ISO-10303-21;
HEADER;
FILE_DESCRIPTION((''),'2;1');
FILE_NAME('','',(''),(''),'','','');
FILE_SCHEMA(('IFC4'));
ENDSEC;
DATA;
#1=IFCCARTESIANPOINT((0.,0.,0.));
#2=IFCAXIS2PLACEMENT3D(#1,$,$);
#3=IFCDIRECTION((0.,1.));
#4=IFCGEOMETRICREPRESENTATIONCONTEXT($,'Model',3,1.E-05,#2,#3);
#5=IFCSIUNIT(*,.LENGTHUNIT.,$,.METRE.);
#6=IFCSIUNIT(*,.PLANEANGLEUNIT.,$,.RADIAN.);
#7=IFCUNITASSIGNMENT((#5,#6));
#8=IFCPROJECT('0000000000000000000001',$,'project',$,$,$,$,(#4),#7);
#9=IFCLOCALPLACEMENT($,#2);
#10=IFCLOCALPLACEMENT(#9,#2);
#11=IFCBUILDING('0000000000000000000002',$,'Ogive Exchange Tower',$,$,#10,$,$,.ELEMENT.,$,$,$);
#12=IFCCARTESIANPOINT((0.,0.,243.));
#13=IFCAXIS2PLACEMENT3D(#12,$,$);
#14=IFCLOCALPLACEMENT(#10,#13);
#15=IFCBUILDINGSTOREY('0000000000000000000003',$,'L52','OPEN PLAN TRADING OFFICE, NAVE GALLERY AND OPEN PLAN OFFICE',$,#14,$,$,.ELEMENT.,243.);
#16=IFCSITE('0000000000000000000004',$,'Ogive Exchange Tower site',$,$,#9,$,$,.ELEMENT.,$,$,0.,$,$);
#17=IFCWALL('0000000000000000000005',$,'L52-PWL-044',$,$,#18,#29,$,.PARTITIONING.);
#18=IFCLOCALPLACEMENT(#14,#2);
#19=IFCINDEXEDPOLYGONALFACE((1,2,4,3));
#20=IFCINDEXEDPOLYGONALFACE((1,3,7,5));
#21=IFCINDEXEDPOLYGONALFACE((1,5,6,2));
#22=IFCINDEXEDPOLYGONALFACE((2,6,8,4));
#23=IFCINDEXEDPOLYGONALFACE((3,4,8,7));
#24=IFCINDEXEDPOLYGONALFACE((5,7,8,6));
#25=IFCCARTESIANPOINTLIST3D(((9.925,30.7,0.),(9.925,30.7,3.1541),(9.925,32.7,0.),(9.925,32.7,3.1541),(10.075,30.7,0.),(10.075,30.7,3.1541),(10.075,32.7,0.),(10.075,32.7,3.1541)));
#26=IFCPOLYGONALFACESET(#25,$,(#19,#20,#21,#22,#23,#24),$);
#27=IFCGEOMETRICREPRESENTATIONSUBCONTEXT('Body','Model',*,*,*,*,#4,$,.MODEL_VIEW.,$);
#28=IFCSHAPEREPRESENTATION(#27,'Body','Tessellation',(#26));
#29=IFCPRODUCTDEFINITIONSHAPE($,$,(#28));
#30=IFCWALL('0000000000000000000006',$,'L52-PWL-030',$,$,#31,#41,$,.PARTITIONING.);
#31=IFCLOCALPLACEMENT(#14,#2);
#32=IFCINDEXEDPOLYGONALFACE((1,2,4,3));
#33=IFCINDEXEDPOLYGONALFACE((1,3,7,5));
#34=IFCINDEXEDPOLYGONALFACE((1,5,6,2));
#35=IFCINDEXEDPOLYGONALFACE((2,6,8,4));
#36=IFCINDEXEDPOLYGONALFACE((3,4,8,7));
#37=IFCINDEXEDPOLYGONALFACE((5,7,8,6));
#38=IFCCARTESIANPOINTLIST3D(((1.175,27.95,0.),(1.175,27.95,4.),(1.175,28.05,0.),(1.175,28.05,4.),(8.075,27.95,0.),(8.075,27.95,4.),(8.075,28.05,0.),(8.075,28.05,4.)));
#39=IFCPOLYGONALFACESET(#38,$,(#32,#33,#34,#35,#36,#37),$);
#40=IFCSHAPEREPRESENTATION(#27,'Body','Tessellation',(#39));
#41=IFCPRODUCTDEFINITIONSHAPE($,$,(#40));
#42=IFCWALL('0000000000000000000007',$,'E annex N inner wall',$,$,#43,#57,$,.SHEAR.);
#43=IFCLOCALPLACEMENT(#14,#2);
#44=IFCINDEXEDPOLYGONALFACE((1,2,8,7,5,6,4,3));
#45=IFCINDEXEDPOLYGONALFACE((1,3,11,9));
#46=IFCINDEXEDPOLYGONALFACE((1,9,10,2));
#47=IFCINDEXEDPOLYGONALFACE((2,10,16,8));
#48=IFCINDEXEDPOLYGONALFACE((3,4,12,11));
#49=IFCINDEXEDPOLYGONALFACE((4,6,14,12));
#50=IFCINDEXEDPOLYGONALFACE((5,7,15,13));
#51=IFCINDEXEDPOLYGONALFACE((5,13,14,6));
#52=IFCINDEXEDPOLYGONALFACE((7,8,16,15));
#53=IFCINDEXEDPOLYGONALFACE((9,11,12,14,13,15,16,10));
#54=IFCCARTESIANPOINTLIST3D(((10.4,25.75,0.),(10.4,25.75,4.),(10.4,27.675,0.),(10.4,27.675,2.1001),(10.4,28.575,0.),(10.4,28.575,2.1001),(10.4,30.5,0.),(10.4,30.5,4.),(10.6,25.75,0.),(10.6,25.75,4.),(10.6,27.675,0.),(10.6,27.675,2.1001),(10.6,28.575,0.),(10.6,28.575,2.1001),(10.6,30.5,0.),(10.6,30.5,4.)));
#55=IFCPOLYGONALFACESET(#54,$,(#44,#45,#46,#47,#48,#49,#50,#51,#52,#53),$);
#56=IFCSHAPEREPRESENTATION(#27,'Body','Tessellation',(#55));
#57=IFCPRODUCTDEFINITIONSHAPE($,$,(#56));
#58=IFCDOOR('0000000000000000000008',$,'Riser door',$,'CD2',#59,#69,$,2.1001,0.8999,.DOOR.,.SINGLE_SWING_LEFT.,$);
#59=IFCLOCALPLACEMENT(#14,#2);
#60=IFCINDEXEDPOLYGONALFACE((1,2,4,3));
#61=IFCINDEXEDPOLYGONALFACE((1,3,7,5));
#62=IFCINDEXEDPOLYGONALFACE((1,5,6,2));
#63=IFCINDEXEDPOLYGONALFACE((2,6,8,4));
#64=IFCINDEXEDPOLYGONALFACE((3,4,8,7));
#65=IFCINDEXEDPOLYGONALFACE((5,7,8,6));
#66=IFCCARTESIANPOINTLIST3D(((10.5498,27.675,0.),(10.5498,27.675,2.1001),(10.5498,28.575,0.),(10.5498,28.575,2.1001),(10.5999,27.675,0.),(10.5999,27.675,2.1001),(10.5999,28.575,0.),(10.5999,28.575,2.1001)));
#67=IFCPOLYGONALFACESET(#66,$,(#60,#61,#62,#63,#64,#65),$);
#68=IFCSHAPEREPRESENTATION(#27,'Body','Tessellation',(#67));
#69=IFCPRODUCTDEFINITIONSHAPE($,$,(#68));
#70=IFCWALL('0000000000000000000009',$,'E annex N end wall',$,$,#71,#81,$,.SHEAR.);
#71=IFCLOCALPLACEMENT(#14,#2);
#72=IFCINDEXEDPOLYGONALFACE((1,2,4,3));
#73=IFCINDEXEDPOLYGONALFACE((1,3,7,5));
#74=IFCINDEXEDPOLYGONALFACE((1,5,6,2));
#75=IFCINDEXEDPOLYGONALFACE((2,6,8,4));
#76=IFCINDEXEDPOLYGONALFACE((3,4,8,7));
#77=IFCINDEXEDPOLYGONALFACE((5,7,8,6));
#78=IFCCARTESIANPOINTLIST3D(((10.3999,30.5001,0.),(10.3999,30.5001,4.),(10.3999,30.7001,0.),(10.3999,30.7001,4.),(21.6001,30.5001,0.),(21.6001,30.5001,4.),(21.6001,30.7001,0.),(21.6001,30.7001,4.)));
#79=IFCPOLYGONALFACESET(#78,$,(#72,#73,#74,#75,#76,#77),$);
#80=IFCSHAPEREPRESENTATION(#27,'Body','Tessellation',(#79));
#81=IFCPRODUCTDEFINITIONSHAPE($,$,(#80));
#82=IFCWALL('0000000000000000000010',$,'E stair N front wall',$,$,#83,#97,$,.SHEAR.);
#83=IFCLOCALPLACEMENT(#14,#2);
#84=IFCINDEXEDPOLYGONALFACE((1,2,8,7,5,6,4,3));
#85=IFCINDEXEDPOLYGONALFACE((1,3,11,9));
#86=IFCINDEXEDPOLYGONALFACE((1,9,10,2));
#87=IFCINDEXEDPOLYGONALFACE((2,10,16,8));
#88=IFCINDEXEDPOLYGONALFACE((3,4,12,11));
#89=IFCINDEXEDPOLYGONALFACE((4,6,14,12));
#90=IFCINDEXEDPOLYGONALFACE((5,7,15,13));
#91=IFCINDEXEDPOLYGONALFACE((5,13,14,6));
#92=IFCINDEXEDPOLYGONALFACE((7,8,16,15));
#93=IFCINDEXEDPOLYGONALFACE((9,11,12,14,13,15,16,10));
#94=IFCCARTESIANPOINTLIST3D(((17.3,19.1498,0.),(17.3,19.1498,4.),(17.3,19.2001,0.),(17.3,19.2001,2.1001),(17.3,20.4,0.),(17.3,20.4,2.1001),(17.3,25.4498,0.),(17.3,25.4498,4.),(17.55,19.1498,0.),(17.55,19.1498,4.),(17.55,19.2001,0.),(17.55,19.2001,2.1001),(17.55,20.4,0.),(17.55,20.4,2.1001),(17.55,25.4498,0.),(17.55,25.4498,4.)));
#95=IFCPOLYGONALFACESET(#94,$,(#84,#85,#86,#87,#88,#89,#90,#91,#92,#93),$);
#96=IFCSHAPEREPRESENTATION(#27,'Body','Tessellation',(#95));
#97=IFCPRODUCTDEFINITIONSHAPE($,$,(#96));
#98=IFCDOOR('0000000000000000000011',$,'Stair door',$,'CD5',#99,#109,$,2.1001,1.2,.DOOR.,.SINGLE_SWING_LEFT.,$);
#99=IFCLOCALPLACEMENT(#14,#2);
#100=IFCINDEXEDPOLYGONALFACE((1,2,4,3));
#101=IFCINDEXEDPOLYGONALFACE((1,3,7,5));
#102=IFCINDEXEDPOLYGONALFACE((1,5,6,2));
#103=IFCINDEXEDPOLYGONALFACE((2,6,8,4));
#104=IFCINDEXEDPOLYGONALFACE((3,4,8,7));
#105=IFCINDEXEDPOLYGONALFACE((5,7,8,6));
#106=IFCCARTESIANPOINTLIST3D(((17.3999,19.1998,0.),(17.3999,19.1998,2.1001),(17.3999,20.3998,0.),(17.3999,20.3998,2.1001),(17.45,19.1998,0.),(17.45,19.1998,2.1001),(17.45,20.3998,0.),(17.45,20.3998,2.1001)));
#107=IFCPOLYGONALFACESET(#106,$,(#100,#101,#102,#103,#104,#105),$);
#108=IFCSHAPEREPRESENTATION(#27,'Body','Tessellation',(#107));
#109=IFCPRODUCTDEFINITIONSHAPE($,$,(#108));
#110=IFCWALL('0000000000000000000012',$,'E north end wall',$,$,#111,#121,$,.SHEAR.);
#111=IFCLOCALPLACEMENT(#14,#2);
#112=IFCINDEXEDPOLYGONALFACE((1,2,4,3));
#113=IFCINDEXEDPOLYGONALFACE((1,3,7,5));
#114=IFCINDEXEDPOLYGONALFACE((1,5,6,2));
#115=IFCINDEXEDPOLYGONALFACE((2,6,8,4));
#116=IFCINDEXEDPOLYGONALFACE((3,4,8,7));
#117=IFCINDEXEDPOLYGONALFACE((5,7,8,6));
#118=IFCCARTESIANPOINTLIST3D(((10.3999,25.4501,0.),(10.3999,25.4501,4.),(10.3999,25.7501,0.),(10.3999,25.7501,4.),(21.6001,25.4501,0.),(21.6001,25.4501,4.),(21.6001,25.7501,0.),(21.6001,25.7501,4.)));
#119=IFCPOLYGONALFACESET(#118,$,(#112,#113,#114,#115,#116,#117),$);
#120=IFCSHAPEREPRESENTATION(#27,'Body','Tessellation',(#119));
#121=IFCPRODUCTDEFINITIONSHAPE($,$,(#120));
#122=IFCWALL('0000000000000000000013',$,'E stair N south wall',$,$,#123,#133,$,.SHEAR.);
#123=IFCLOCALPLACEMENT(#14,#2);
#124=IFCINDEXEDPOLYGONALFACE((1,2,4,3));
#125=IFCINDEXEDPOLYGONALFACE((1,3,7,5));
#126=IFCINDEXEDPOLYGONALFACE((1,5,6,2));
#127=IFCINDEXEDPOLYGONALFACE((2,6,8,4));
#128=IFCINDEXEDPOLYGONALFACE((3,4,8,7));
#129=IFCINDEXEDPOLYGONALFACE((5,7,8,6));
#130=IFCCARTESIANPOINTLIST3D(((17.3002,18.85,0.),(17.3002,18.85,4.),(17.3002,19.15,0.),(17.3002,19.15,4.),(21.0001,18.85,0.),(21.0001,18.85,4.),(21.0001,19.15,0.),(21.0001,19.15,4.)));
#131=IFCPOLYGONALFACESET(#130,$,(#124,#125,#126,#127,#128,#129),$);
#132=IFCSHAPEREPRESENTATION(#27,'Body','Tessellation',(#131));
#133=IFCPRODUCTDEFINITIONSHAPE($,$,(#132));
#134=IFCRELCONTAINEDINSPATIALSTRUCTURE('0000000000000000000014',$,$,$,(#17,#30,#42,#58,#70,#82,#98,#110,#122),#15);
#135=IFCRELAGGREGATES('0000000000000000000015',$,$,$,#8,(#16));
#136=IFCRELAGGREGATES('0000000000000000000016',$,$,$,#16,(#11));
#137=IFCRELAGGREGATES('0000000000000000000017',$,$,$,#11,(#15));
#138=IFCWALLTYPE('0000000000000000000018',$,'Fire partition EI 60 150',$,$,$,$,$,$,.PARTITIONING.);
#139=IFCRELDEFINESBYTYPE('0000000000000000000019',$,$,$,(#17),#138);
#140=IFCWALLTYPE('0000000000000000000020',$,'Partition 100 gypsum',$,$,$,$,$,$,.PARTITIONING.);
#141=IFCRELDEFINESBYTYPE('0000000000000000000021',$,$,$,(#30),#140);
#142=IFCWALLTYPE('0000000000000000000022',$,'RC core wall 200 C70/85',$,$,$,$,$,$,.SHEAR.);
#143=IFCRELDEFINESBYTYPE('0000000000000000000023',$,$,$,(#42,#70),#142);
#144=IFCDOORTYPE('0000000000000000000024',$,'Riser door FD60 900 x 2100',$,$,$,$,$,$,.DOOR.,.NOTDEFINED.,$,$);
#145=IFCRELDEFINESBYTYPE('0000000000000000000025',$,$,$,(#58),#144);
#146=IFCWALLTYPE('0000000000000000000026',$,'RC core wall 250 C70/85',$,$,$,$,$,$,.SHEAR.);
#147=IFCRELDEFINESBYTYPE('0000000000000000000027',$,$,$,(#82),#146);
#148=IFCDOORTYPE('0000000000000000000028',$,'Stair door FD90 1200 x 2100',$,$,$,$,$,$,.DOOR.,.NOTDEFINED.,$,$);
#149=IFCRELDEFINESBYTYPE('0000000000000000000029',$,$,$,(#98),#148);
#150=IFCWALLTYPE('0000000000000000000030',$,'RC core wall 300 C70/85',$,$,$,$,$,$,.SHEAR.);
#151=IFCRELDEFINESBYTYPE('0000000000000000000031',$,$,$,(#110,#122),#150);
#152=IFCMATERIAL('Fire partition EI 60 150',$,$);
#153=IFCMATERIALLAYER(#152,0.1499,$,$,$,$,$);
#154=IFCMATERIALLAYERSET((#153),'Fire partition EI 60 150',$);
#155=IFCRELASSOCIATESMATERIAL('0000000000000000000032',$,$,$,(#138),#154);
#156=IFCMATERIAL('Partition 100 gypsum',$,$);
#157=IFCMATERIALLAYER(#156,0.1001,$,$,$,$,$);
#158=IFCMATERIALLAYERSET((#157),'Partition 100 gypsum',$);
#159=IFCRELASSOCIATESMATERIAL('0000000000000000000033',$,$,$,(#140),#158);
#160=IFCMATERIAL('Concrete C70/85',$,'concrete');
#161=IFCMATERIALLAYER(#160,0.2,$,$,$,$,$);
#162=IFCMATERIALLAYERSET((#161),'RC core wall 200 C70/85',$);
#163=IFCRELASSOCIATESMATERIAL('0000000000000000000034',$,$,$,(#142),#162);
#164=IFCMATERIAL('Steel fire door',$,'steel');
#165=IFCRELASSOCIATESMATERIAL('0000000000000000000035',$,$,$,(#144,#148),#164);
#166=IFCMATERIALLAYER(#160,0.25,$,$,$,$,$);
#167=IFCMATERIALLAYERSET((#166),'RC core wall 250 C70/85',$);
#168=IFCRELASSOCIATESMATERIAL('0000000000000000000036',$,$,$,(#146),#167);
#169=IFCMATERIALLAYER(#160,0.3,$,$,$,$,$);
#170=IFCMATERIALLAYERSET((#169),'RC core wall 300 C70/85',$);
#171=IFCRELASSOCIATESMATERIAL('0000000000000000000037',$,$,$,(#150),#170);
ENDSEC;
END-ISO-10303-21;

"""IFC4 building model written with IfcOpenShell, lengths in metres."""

from ifc_helpers import new_model, si_unit, direction, frame, frame_2d, origin, place, context, subcontext, project, spatial, rectangle, extrude, material, layer, layer_set, type_object, element, fill, save


model = new_model("IFC4")

# Units and contexts
model_context = context("Model", 3, precision=1e-05, world=origin(), true_north=direction((0.0, 1.0)))
body_context = subcontext(model_context, "Body", "Model", "MODEL_VIEW")
ifc_project = project(units=[si_unit("LENGTHUNIT", "METRE"), si_unit("PLANEANGLEUNIT", "RADIAN")], contexts=[model_context])

# Site, building, storey
site_placement = place(None, origin())
site = spatial("IfcSite", under=ifc_project, at=site_placement, Name="Ogive Exchange Tower site", CompositionType="ELEMENT", RefElevation=0.0)
building_placement = place(site_placement, origin())
building = spatial("IfcBuilding", under=site, at=building_placement, Name="Ogive Exchange Tower", CompositionType="ELEMENT")
storey_placement = place(building_placement, frame((0.0, 0.0, 243.0)))
storey = spatial("IfcBuildingStorey", under=building, at=storey_placement, Name="L52", Description="OPEN PLAN TRADING OFFICE, NAVE GALLERY AND OPEN PLAN OFFICE", CompositionType="ELEMENT", Elevation=243.0)

# Shared definitions
ifc_material_1 = material(Name="Fire partition EI 60 150")
ifc_layer_1 = layer(ifc_material_1, 0.1499)
ifc_layer_set_1 = layer_set([ifc_layer_1], Name="Fire partition EI 60 150")
wall_type_1 = type_object("IfcWallType", Name="Fire partition EI 60 150", PredefinedType="PARTITIONING", material=ifc_layer_set_1)

# Walls
wall_1_placement = place(storey_placement, frame((10.0, 32.7, 0.0), z_axis=(0.0, 0.0, 1.0), x_axis=(0.0, -1.0, 0.0)))
element("IfcWall", 1, at=wall_1_placement, inside=storey, type_object=wall_type_1, Name="L52-PWL-044", PredefinedType="PARTITIONING", context=body_context, shape_type="SweptSolid", body=[
    extrude(rectangle(XDim=2.0, YDim=0.1499, at=frame_2d((1.0, 0.0))), origin(), (0.0, 0.0, 1.0), 3.1541),
])
ifc_material_2 = material(Name="Partition 100 gypsum")
ifc_layer_2 = layer(ifc_material_2, 0.1001)
ifc_layer_set_2 = layer_set([ifc_layer_2], Name="Partition 100 gypsum")
wall_type_2 = type_object("IfcWallType", Name="Partition 100 gypsum", PredefinedType="PARTITIONING", material=ifc_layer_set_2)
wall_2_placement = place(storey_placement, frame((1.175, 28.0, 0.0), z_axis=(0.0, 0.0, 1.0), x_axis=(1.0, 0.0, 0.0)))
element("IfcWall", 2, at=wall_2_placement, inside=storey, type_object=wall_type_2, Name="L52-PWL-030", PredefinedType="PARTITIONING", context=body_context, shape_type="SweptSolid", body=[
    extrude(rectangle(XDim=6.8999, YDim=0.1001, at=frame_2d((3.45, 0.0))), origin(), (0.0, 0.0, 1.0), 4.0),
])

# Wall, opening, door
ifc_material_3 = material(Name="Concrete C70/85", Category="concrete")
ifc_layer_3 = layer(ifc_material_3, 0.2)
ifc_layer_set_3 = layer_set([ifc_layer_3], Name="RC core wall 200 C70/85")
wall_type_3 = type_object("IfcWallType", Name="RC core wall 200 C70/85", PredefinedType="SHEAR", material=ifc_layer_set_3)
wall_3_placement = place(storey_placement, frame((10.5, 25.75, 0.0), z_axis=(0.0, 0.0, 1.0), x_axis=(0.0, 1.0, 0.0)))
wall_3 = element("IfcWall", 3, at=wall_3_placement, inside=storey, type_object=wall_type_3, Name="E annex N inner wall", PredefinedType="SHEAR", context=body_context, shape_type="SweptSolid", body=[
    extrude(rectangle(XDim=4.75, YDim=0.2, at=frame_2d((2.375, 0.0))), origin(), (0.0, 0.0, 1.0), 4.0),
])
opening_1_placement = place(wall_3_placement, frame((1.925, 0.0, 0.0)))
opening_1 = element("IfcOpeningElement", 4, at=opening_1_placement, cuts=wall_3, PredefinedType="OPENING", context=body_context, shape_type="SweptSolid", body=[
    extrude(rectangle(XDim=0.8999, YDim=2.1001, at=frame_2d((0.45, 1.05))), frame((0.0, 0.1099, 0.0), z_axis=(0.0, -1.0, 0.0), x_axis=(1.0, 0.0, 0.0)), (0.0, 0.0, 1.0), 0.22),
])
ifc_material_4 = material(Name="Steel fire door", Category="steel")
door_type_1 = type_object("IfcDoorType", Name="Riser door FD60 900 x 2100", OperationType="NOTDEFINED", PredefinedType="DOOR", material=ifc_material_4)
door_1_placement = place(opening_1_placement, origin())
door_1 = element("IfcDoor", 5, at=door_1_placement, inside=storey, type_object=door_type_1, Name="Riser door", ObjectType="CD2", OperationType="SINGLE_SWING_LEFT", OverallHeight=2.1001, OverallWidth=0.8999, PredefinedType="DOOR", context=body_context, shape_type="SweptSolid", body=[
    extrude(rectangle(XDim=0.8999, YDim=2.1001, at=frame_2d((0.45, 1.05))), frame((0.0, -0.0498, 0.0), z_axis=(0.0, -1.0, 0.0), x_axis=(1.0, 0.0, 0.0)), (0.0, 0.0, 1.0), 0.05),
])
fill(opening_1, door_1)

# Wall
wall_4_placement = place(storey_placement, frame((10.3999, 30.6001, 0.0), z_axis=(0.0, 0.0, 1.0), x_axis=(1.0, 0.0, 0.0)))
element("IfcWall", 6, at=wall_4_placement, inside=storey, type_object=wall_type_3, Name="E annex N end wall", PredefinedType="SHEAR", context=body_context, shape_type="SweptSolid", body=[
    extrude(rectangle(XDim=11.2002, YDim=0.2, at=frame_2d((5.6001, 0.0))), origin(), (0.0, 0.0, 1.0), 4.0),
])

# Wall, opening, door
ifc_layer_4 = layer(ifc_material_3, 0.25)
ifc_layer_set_4 = layer_set([ifc_layer_4], Name="RC core wall 250 C70/85")
wall_type_4 = type_object("IfcWallType", Name="RC core wall 250 C70/85", PredefinedType="SHEAR", material=ifc_layer_set_4)
wall_5_placement = place(storey_placement, frame((17.425, 19.1499, 0.0), z_axis=(0.0, 0.0, 1.0), x_axis=(0.0, 1.0, 0.0)))
wall_5 = element("IfcWall", 7, at=wall_5_placement, inside=storey, type_object=wall_type_4, Name="E stair N front wall", PredefinedType="SHEAR", context=body_context, shape_type="SweptSolid", body=[
    extrude(rectangle(XDim=6.3, YDim=0.25, at=frame_2d((3.1499, 0.0))), origin(), (0.0, 0.0, 1.0), 4.0),
])
opening_2_placement = place(wall_5_placement, frame((0.05, 0.0, 0.0)))
opening_2 = element("IfcOpeningElement", 8, at=opening_2_placement, cuts=wall_5, PredefinedType="OPENING", context=body_context, shape_type="SweptSolid", body=[
    extrude(rectangle(XDim=1.2, YDim=2.1001, at=frame_2d((0.6001, 1.05))), frame((0.0, 0.135, 0.0), z_axis=(0.0, -1.0, 0.0), x_axis=(1.0, 0.0, 0.0)), (0.0, 0.0, 1.0), 0.27),
])
door_type_2 = type_object("IfcDoorType", Name="Stair door FD90 1200 x 2100", OperationType="NOTDEFINED", PredefinedType="DOOR", material=ifc_material_4)
door_2_placement = place(opening_2_placement, frame((1.2, 0.0, 0.0), z_axis=(0.0, 0.0, 1.0), x_axis=(-1.0, 0.0, 0.0)))
door_2 = element("IfcDoor", 9, at=door_2_placement, inside=storey, type_object=door_type_2, Name="Stair door", ObjectType="CD5", OperationType="SINGLE_SWING_LEFT", OverallHeight=2.1001, OverallWidth=1.2, PredefinedType="DOOR", context=body_context, shape_type="SweptSolid", body=[
    extrude(rectangle(XDim=1.2, YDim=2.1001, at=frame_2d((0.6001, 1.05))), frame((0.0, 0.0249, 0.0), z_axis=(0.0, -1.0, 0.0), x_axis=(1.0, 0.0, 0.0)), (0.0, 0.0, 1.0), 0.05),
])
fill(opening_2, door_2)

# Walls
ifc_layer_5 = layer(ifc_material_3, 0.3)
ifc_layer_set_5 = layer_set([ifc_layer_5], Name="RC core wall 300 C70/85")
wall_type_5 = type_object("IfcWallType", Name="RC core wall 300 C70/85", PredefinedType="SHEAR", material=ifc_layer_set_5)
wall_6_placement = place(storey_placement, frame((10.3999, 25.6001, 0.0), z_axis=(0.0, 0.0, 1.0), x_axis=(1.0, 0.0, 0.0)))
element("IfcWall", 10, at=wall_6_placement, inside=storey, type_object=wall_type_5, Name="E north end wall", PredefinedType="SHEAR", context=body_context, shape_type="SweptSolid", body=[
    extrude(rectangle(XDim=11.2002, YDim=0.3, at=frame_2d((5.6001, 0.0))), origin(), (0.0, 0.0, 1.0), 4.0),
])
wall_7_placement = place(storey_placement, frame((17.3, 19.0, 0.0), z_axis=(0.0, 0.0, 1.0), x_axis=(1.0, 0.0, 0.0)))
element("IfcWall", 11, at=wall_7_placement, inside=storey, type_object=wall_type_5, Name="E stair N south wall", PredefinedType="SHEAR", context=body_context, shape_type="SweptSolid", body=[
    extrude(rectangle(XDim=3.7, YDim=0.3, at=frame_2d((1.8501, 0.0))), origin(), (0.0, 0.0, 1.0), 4.0),
])

save(model, "model.ifc")
